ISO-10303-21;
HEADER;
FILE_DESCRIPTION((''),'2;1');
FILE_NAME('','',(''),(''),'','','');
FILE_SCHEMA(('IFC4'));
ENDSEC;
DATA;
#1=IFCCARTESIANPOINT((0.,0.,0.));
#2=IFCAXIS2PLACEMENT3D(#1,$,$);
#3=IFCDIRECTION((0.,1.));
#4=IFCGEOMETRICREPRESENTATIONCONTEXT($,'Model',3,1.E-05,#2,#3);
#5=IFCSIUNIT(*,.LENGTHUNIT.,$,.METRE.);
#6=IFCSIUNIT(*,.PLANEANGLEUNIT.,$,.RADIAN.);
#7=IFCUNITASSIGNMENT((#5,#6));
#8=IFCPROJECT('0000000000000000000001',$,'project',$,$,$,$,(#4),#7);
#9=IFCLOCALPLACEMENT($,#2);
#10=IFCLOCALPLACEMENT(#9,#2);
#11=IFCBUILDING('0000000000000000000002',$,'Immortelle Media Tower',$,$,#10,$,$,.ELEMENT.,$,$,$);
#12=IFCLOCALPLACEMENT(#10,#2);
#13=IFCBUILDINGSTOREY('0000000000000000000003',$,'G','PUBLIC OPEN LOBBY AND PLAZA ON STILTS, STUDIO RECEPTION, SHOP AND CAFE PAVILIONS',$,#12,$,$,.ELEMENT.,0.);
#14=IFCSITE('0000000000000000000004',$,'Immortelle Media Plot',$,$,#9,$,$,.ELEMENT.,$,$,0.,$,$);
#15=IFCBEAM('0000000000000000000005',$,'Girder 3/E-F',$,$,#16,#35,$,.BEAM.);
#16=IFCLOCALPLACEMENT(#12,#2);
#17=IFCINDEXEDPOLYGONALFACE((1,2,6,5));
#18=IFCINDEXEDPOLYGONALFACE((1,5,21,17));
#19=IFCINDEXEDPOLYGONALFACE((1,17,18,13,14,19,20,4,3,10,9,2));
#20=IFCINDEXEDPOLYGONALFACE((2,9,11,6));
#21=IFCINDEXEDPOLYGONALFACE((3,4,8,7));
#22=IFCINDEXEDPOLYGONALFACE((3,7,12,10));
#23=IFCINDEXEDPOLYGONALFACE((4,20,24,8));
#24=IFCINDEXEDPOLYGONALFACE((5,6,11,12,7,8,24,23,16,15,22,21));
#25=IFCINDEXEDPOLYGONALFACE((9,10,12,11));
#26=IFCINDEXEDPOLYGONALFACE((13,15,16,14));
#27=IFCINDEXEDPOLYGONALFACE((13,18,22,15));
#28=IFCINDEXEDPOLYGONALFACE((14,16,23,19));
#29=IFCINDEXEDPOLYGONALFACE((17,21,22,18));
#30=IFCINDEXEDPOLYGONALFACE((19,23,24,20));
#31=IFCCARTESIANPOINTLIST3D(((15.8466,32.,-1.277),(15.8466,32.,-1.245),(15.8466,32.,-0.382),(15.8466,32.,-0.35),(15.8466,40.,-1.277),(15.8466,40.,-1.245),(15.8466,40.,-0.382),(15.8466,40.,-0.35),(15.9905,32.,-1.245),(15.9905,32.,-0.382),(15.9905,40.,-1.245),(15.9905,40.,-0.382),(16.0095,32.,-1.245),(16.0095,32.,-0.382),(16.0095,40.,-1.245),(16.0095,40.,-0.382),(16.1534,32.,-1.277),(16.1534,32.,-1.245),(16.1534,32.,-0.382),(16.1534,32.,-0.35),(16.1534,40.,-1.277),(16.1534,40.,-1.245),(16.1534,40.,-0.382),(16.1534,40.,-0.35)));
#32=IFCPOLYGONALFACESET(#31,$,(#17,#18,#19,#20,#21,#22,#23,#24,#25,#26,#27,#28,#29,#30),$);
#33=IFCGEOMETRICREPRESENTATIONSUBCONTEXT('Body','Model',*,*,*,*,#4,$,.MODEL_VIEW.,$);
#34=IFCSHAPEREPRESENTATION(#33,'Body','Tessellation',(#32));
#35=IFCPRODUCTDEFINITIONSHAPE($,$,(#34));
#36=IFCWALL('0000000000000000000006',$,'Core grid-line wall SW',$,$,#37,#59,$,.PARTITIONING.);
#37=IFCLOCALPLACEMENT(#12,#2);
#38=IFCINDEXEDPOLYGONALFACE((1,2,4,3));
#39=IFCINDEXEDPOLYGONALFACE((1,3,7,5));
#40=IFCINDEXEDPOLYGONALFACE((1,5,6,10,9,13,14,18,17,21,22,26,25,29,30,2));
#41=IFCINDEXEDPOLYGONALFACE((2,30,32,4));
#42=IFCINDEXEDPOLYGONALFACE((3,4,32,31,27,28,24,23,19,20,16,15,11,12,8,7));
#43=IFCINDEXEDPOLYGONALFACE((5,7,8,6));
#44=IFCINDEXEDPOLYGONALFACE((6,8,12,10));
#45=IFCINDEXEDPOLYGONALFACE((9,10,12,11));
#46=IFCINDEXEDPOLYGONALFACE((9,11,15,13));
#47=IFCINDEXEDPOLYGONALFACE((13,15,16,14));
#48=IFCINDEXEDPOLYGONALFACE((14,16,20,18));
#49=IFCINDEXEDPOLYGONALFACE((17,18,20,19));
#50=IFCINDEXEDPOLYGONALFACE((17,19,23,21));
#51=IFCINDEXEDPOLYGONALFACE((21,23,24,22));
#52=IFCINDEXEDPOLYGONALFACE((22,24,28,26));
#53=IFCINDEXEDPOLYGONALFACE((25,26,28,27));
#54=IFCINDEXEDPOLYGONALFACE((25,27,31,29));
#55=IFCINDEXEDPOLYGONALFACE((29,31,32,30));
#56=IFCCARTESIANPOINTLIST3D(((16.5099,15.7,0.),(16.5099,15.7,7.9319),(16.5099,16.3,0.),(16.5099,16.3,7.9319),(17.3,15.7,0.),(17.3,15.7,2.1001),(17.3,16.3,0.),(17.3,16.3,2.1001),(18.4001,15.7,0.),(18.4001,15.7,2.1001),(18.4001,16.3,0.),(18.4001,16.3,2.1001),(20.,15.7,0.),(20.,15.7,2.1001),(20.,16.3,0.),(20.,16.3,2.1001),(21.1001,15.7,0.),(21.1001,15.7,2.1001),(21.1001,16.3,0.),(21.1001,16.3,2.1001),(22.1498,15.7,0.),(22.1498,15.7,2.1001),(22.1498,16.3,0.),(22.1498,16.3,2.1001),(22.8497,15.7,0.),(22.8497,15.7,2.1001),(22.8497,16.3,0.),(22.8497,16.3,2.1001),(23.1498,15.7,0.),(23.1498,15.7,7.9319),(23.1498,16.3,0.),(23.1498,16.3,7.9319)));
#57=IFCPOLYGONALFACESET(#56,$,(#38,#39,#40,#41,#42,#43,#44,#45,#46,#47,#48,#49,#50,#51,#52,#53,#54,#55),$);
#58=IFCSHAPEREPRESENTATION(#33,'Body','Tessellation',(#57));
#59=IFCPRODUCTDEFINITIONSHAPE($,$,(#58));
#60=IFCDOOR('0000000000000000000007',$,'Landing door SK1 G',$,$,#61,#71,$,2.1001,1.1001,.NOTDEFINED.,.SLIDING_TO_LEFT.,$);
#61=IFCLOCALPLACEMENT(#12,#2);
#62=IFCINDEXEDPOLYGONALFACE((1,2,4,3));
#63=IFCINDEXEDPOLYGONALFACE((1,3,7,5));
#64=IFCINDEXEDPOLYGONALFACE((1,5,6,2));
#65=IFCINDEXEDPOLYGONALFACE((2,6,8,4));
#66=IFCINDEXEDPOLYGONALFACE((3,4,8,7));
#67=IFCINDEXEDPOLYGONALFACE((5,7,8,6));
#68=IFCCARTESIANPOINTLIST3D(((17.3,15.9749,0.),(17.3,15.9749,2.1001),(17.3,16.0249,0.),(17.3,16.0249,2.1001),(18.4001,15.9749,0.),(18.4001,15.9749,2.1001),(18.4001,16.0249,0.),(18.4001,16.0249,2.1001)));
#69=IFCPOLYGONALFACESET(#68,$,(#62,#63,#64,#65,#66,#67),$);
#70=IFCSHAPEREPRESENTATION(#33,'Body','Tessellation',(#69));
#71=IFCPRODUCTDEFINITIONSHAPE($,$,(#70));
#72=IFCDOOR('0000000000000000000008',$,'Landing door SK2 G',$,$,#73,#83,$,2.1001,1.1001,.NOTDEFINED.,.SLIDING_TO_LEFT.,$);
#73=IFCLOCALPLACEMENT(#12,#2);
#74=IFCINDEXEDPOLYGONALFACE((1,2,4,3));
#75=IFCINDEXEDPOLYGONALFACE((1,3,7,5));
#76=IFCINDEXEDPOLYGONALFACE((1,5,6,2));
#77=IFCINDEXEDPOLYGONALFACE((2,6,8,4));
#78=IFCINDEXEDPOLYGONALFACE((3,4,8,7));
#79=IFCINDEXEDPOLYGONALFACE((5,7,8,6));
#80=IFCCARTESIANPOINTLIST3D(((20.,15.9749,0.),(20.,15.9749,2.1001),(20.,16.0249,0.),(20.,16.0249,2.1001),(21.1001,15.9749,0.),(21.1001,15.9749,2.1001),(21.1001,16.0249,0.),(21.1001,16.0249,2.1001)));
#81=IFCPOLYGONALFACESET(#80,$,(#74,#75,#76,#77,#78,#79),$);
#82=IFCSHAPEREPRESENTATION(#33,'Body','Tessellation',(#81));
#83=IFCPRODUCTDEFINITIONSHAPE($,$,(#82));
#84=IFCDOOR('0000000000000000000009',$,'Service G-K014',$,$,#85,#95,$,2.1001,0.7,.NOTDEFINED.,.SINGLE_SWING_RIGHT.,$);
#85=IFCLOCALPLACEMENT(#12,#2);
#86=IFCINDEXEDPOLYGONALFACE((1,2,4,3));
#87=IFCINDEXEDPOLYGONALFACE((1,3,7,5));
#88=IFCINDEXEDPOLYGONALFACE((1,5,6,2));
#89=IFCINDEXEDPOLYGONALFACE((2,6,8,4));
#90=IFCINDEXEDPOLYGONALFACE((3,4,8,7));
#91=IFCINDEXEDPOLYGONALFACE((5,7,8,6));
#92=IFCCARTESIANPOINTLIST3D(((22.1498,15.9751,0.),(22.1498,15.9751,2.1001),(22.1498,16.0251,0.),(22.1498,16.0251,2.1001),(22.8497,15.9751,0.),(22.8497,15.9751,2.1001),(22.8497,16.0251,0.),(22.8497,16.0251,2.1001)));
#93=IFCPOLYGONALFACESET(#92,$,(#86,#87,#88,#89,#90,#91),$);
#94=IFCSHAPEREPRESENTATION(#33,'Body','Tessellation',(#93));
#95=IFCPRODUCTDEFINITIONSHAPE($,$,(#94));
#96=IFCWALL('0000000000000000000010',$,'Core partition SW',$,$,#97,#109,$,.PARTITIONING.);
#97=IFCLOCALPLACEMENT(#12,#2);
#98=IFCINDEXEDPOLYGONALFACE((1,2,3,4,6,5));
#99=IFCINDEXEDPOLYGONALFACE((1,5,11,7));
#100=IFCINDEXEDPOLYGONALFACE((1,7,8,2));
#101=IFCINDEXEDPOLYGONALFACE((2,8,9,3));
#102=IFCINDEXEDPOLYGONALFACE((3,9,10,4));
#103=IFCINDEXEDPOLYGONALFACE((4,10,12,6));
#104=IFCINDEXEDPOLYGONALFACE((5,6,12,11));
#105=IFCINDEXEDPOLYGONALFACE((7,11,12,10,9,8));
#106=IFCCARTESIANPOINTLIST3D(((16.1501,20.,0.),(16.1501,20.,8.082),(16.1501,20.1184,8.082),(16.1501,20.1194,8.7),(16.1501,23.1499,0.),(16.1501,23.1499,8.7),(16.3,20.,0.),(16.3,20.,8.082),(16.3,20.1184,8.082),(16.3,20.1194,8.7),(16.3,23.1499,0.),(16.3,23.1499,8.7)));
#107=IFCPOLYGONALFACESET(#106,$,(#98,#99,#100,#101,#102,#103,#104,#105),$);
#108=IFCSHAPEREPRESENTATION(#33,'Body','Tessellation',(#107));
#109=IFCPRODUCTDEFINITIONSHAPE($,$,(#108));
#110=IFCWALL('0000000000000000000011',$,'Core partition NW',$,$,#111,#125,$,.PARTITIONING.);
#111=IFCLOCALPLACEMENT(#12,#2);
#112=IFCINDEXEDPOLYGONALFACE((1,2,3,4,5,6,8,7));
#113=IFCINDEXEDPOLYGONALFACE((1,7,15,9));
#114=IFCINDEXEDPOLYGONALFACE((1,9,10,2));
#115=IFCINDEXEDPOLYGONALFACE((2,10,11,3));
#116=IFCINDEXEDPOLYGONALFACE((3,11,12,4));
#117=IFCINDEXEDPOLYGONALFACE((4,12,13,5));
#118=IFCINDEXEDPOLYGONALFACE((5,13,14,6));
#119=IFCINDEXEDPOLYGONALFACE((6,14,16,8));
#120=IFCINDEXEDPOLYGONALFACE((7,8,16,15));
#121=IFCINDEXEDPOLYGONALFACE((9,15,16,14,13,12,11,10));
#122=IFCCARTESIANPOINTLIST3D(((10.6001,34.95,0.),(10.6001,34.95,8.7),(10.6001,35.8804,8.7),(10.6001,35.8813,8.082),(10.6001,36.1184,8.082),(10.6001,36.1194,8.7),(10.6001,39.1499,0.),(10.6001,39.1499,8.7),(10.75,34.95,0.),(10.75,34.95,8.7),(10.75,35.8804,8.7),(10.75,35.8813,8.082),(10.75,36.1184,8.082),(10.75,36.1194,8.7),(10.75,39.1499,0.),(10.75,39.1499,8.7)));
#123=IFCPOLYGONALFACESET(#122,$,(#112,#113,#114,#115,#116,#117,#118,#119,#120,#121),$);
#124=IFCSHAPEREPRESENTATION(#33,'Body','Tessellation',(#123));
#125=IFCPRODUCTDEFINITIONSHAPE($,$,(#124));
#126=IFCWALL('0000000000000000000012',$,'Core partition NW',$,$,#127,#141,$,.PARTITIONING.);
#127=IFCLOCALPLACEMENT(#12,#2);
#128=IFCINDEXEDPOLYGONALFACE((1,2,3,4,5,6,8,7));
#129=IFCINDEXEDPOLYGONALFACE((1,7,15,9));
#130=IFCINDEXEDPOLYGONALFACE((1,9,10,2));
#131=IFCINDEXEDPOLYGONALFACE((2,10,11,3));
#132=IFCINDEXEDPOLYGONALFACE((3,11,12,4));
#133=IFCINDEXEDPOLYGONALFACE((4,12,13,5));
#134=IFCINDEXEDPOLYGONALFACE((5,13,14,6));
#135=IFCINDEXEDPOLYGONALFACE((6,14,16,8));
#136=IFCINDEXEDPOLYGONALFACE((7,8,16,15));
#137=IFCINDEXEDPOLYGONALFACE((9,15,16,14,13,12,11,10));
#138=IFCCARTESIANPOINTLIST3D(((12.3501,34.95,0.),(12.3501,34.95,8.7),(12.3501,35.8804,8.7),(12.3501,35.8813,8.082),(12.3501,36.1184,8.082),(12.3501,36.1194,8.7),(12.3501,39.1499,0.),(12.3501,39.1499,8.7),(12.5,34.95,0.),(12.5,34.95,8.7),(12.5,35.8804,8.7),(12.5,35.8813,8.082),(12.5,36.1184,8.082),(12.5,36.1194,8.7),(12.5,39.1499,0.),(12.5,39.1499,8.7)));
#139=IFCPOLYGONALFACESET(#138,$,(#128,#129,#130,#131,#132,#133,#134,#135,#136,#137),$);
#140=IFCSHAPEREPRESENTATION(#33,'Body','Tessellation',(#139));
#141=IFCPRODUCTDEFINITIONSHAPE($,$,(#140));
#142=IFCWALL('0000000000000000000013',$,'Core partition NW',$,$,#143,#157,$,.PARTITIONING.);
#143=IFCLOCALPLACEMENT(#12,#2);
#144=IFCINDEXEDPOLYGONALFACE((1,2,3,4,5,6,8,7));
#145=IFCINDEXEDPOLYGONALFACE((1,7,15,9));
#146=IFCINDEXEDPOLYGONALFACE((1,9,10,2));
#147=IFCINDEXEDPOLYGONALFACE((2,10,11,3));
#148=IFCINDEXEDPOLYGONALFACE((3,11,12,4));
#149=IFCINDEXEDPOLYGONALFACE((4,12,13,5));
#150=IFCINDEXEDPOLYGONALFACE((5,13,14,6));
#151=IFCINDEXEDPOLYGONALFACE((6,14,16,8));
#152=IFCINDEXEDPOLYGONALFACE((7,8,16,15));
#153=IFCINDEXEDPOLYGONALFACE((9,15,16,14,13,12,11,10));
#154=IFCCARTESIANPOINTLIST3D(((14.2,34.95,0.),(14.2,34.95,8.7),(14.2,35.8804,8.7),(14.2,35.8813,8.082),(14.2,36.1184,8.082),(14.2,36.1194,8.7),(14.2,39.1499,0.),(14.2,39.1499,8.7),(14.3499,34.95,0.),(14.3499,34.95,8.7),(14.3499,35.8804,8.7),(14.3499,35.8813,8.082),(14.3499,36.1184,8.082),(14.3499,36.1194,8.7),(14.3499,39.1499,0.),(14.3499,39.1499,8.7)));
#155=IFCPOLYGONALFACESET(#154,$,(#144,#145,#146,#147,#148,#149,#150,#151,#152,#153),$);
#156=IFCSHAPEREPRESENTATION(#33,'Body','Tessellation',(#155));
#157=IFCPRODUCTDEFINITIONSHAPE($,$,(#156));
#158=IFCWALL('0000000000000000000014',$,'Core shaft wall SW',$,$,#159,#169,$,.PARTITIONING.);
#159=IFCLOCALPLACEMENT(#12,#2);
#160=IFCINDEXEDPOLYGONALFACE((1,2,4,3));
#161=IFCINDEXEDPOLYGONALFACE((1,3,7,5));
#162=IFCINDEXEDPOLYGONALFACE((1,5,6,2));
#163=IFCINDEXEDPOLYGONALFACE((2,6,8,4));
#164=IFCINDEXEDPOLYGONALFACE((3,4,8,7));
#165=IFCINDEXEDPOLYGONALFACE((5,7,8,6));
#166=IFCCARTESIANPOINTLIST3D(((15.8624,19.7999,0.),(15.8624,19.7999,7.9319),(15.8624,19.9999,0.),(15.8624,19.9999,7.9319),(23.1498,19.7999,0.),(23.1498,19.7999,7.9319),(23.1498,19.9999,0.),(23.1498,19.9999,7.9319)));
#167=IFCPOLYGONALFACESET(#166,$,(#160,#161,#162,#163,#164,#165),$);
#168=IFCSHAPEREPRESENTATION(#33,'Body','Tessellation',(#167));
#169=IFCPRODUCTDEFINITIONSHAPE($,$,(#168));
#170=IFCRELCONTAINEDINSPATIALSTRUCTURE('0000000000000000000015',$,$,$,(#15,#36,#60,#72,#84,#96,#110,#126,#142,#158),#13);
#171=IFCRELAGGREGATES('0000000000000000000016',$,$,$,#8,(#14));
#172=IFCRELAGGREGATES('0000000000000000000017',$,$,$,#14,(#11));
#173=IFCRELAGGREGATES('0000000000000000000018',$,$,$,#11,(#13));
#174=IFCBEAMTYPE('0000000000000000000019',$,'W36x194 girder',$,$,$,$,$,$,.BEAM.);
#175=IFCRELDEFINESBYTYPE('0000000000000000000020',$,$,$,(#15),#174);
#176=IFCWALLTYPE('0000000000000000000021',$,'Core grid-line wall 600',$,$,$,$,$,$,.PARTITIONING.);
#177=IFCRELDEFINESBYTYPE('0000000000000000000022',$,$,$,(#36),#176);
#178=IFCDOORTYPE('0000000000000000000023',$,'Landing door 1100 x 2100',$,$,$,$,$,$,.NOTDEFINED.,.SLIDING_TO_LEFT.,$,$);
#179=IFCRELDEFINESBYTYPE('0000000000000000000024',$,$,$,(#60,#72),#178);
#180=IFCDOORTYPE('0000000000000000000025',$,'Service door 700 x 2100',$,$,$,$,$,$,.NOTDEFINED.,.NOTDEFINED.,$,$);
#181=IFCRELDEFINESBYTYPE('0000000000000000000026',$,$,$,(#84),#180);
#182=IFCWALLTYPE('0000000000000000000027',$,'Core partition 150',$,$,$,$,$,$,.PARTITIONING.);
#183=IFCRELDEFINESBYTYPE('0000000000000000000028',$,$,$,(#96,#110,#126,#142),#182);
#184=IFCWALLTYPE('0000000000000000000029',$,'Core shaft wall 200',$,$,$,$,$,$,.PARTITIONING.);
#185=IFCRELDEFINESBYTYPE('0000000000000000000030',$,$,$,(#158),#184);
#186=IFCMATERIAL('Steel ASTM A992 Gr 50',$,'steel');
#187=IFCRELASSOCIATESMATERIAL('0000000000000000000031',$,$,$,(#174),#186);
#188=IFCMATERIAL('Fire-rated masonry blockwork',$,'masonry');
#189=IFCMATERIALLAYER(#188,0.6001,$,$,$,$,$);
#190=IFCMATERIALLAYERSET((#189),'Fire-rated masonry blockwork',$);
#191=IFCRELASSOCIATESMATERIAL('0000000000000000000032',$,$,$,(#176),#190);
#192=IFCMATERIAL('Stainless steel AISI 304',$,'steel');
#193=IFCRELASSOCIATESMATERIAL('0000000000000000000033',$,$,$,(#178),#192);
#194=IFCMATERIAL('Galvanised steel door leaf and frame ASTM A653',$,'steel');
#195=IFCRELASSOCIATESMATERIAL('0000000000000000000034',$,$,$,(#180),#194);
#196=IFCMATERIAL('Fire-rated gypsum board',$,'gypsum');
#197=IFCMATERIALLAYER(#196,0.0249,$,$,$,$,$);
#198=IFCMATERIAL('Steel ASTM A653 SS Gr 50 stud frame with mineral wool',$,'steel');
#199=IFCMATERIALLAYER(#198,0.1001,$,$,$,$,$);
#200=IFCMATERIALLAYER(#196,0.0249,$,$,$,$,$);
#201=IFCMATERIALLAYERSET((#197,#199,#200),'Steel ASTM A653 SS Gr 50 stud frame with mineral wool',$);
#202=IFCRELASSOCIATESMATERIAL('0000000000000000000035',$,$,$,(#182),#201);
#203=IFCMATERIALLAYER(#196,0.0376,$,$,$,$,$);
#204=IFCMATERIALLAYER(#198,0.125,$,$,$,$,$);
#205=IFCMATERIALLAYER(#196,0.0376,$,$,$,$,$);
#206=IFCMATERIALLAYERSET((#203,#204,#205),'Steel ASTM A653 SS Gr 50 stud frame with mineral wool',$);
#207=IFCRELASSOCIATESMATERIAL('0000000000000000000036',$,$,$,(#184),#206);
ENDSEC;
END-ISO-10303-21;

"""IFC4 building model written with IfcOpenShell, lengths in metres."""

from ifc_helpers import new_model, si_unit, direction, frame, frame_2d, origin, origin_2d, place, context, subcontext, project, spatial, polyline, rectangle, i_section, outline, extrude, material, layer, layer_set, material_profile, profile_set, type_object, element, fill, save


model = new_model("IFC4")

# Units and contexts
model_context = context("Model", 3, precision=1e-05, world=origin(), true_north=direction((0.0, 1.0)))
body_context = subcontext(model_context, "Body", "Model", "MODEL_VIEW")
ifc_project = project(units=[si_unit("LENGTHUNIT", "METRE"), si_unit("PLANEANGLEUNIT", "RADIAN")], contexts=[model_context])

# Site, building, storey
site_placement = place(None, origin())
site = spatial("IfcSite", under=ifc_project, at=site_placement, Name="Immortelle Media Plot", CompositionType="ELEMENT", RefElevation=0.0)
building_placement = place(site_placement, origin())
building = spatial("IfcBuilding", under=site, at=building_placement, Name="Immortelle Media Tower", CompositionType="ELEMENT")
storey_placement = place(building_placement, origin())
storey = spatial("IfcBuildingStorey", under=building, at=storey_placement, Name="G", Description="PUBLIC OPEN LOBBY AND PLAZA ON STILTS, STUDIO RECEPTION, SHOP AND CAFE PAVILIONS", CompositionType="ELEMENT", Elevation=0.0)

# Beam
ifc_material_1 = material(Name="Steel ASTM A992 Gr 50", Category="steel")
ifc_material_profile_1 = material_profile(ifc_material_1, i_section(OverallWidth=0.3069, OverallDepth=0.927, WebThickness=0.019, FlangeThickness=0.032, at=origin_2d()), Name="W36x194")
ifc_profile_set_1 = profile_set([ifc_material_profile_1], Name="Steel ASTM A992 Gr 50")
beam_type_1 = type_object("IfcBeamType", Name="W36x194 girder", PredefinedType="BEAM", material=ifc_profile_set_1)
for number, where, z_axis, x_axis, name in (
    (1, (16.0, 32.0, -0.8135), (0.0, 1.0, 0.0), (-1.0, 0.0, 0.0), "Girder 3/E-F"),
):
    element("IfcBeam", number, at=place(storey_placement, frame(where, z_axis=z_axis, x_axis=x_axis)), inside=storey, type_object=beam_type_1, Name=name, PredefinedType="BEAM", context=body_context, shape_type="SweptSolid", body=[
        extrude(i_section(OverallWidth=0.3069, OverallDepth=0.927, WebThickness=0.019, FlangeThickness=0.032, at=origin_2d()), origin(), (0.0, 0.0, 1.0), 8.0),
    ])

# Wall, openings, doors
ifc_material_2 = material(Name="Fire-rated masonry blockwork", Category="masonry")
ifc_layer_1 = layer(ifc_material_2, 0.6001)
ifc_layer_set_1 = layer_set([ifc_layer_1], Name="Fire-rated masonry blockwork")
wall_type_1 = type_object("IfcWallType", Name="Core grid-line wall 600", PredefinedType="PARTITIONING", material=ifc_layer_set_1)
wall_1_placement = place(storey_placement, frame((16.51, 16.0, 0.0), z_axis=(0.0, 0.0, 1.0), x_axis=(1.0, 0.0, 0.0)))
wall_1 = element("IfcWall", 2, at=wall_1_placement, inside=storey, type_object=wall_type_1, Name="Core grid-line wall SW", PredefinedType="PARTITIONING", context=body_context, shape_type="SweptSolid", body=[
    extrude(rectangle(XDim=6.6399, YDim=0.6001, at=frame_2d((3.3198, 0.0))), origin(), (0.0, 0.0, 1.0), 7.9319),
])
opening_1_placement = place(wall_1_placement, frame((0.79, 0.0, 0.0)))
opening_1 = element("IfcOpeningElement", 3, at=opening_1_placement, cuts=wall_1, PredefinedType="OPENING", context=body_context, shape_type="SweptSolid", body=[
    extrude(rectangle(XDim=1.1001, YDim=2.1001, at=frame_2d((0.55, 1.05))), frame((0.0, 0.3101, 0.0), z_axis=(0.0, -1.0, 0.0), x_axis=(1.0, 0.0, 0.0)), (0.0, 0.0, 1.0), 0.6201),
])
opening_2_placement = place(wall_1_placement, frame((3.49, 0.0, 0.0)))
opening_2 = element("IfcOpeningElement", 4, at=opening_2_placement, cuts=wall_1, PredefinedType="OPENING", context=body_context, shape_type="SweptSolid", body=[
    extrude(rectangle(XDim=1.1001, YDim=2.1001, at=frame_2d((0.55, 1.05))), frame((0.0, 0.3101, 0.0), z_axis=(0.0, -1.0, 0.0), x_axis=(1.0, 0.0, 0.0)), (0.0, 0.0, 1.0), 0.6201),
])
opening_3_placement = place(wall_1_placement, frame((6.3398, 0.0, 0.0), z_axis=(0.0, 0.0, 1.0), x_axis=(-1.0, 0.0, 0.0)))
opening_3 = element("IfcOpeningElement", 5, at=opening_3_placement, cuts=wall_1, PredefinedType="OPENING", context=body_context, shape_type="SweptSolid", body=[
    extrude(rectangle(XDim=0.7, YDim=2.1001, at=frame_2d((0.3501, 1.05))), frame((0.0, 0.3101, 0.0), z_axis=(0.0, -1.0, 0.0), x_axis=(1.0, 0.0, 0.0)), (0.0, 0.0, 1.0), 0.6201),
])
ifc_material_3 = material(Name="Stainless steel AISI 304", Category="steel")
door_type_1 = type_object("IfcDoorType", Name="Landing door 1100 x 2100", OperationType="SLIDING_TO_LEFT", PredefinedType="NOTDEFINED", material=ifc_material_3)
door_1_placement = place(opening_1_placement, origin())
door_1 = element("IfcDoor", 6, at=door_1_placement, inside=storey, type_object=door_type_1, Name="Landing door SK1 G", OperationType="SLIDING_TO_LEFT", OverallHeight=2.1001, OverallWidth=1.1001, PredefinedType="NOTDEFINED", context=body_context, shape_type="SweptSolid", body=[
    extrude(rectangle(XDim=1.1001, YDim=2.1001, at=frame_2d((0.55, 1.05))), frame((0.0, 0.0249, 0.0), z_axis=(0.0, -1.0, 0.0), x_axis=(1.0, 0.0, 0.0)), (0.0, 0.0, 1.0), 0.05),
])
fill(opening_1, door_1)
door_2_placement = place(opening_2_placement, origin())
door_2 = element("IfcDoor", 7, at=door_2_placement, inside=storey, type_object=door_type_1, Name="Landing door SK2 G", OperationType="SLIDING_TO_LEFT", OverallHeight=2.1001, OverallWidth=1.1001, PredefinedType="NOTDEFINED", context=body_context, shape_type="SweptSolid", body=[
    extrude(rectangle(XDim=1.1001, YDim=2.1001, at=frame_2d((0.55, 1.05))), frame((0.0, 0.0249, 0.0), z_axis=(0.0, -1.0, 0.0), x_axis=(1.0, 0.0, 0.0)), (0.0, 0.0, 1.0), 0.05),
])
fill(opening_2, door_2)
ifc_material_4 = material(Name="Galvanised steel door leaf and frame ASTM A653", Category="steel")
door_type_2 = type_object("IfcDoorType", Name="Service door 700 x 2100", OperationType="NOTDEFINED", PredefinedType="NOTDEFINED", material=ifc_material_4)
door_3_placement = place(opening_3_placement, origin())
door_3 = element("IfcDoor", 8, at=door_3_placement, inside=storey, type_object=door_type_2, Name="Service G-K014", OperationType="SINGLE_SWING_RIGHT", OverallHeight=2.1001, OverallWidth=0.7, PredefinedType="NOTDEFINED", context=body_context, shape_type="SweptSolid", body=[
    extrude(rectangle(XDim=0.7, YDim=2.1001, at=frame_2d((0.3501, 1.05))), frame((0.0, 0.0249, 0.0), z_axis=(0.0, -1.0, 0.0), x_axis=(1.0, 0.0, 0.0)), (0.0, 0.0, 1.0), 0.05),
])
fill(opening_3, door_3)

# Walls
ifc_material_5 = material(Name="Fire-rated gypsum board", Category="gypsum")
ifc_layer_2 = layer(ifc_material_5, 0.0249)
ifc_material_6 = material(Name="Steel ASTM A653 SS Gr 50 stud frame with mineral wool", Category="steel")
ifc_layer_3 = layer(ifc_material_6, 0.1001)
ifc_layer_4 = layer(ifc_material_5, 0.0249)
ifc_layer_set_2 = layer_set([ifc_layer_2, ifc_layer_3, ifc_layer_4], Name="Steel ASTM A653 SS Gr 50 stud frame with mineral wool")
wall_type_2 = type_object("IfcWallType", Name="Core partition 150", PredefinedType="PARTITIONING", material=ifc_layer_set_2)
wall_2_placement = place(storey_placement, frame((16.2251, 20.0, 0.0), z_axis=(0.0, 0.0, 1.0), x_axis=(0.0, 1.0, 0.0)))
element("IfcWall", 9, at=wall_2_placement, inside=storey, type_object=wall_type_2, Name="Core partition SW", PredefinedType="PARTITIONING", context=body_context, shape_type="SweptSolid", body=[
    extrude(outline(polyline([(0.0, 0.0), (3.1499, 0.0), (3.1499, 8.7), (0.1194, 8.7), (0.1184, 8.082), (0.0, 8.082), (0.0, 0.0)])), frame((0.0, 0.075, 0.0), z_axis=(0.0, -1.0, 0.0), x_axis=(1.0, 0.0, 0.0)), (0.0, 0.0, 1.0), 0.1499),
])
for number, where, z_axis, x_axis, name in (
    (10, (10.675, 34.95, 0.0), (0.0, 0.0, 1.0), (0.0, 1.0, 0.0), "Core partition NW"),
    (11, (12.425, 34.95, 0.0), (0.0, 0.0, 1.0), (0.0, 1.0, 0.0), "Core partition NW"),
    (12, (14.2749, 34.95, 0.0), (0.0, 0.0, 1.0), (0.0, 1.0, 0.0), "Core partition NW"),
):
    element("IfcWall", number, at=place(storey_placement, frame(where, z_axis=z_axis, x_axis=x_axis)), inside=storey, type_object=wall_type_2, Name=name, PredefinedType="PARTITIONING", context=body_context, shape_type="SweptSolid", body=[
        extrude(outline(polyline([(0.0, 0.0), (4.2, 0.0), (4.2, 8.7), (1.1694, 8.7), (1.1685, 8.082), (0.9314, 8.082), (0.9304, 8.7), (0.0, 8.7), (0.0, 0.0)])), frame((0.0, 0.075, 0.0), z_axis=(0.0, -1.0, 0.0), x_axis=(1.0, 0.0, 0.0)), (0.0, 0.0, 1.0), 0.1499),
    ])
ifc_layer_5 = layer(ifc_material_5, 0.0376)
ifc_layer_6 = layer(ifc_material_6, 0.125)
ifc_layer_7 = layer(ifc_material_5, 0.0376)
ifc_layer_set_3 = layer_set([ifc_layer_5, ifc_layer_6, ifc_layer_7], Name="Steel ASTM A653 SS Gr 50 stud frame with mineral wool")
wall_type_3 = type_object("IfcWallType", Name="Core shaft wall 200", PredefinedType="PARTITIONING", material=ifc_layer_set_3)
wall_3_placement = place(storey_placement, frame((15.8625, 19.8999, 0.0), z_axis=(0.0, 0.0, 1.0), x_axis=(1.0, 0.0, 0.0)))
element("IfcWall", 13, at=wall_3_placement, inside=storey, type_object=wall_type_3, Name="Core shaft wall SW", PredefinedType="PARTITIONING", context=body_context, shape_type="SweptSolid", body=[
    extrude(rectangle(XDim=7.2874, YDim=0.2, at=frame_2d((3.6436, 0.0))), origin(), (0.0, 0.0, 1.0), 7.9319),
])

save(model, "model.ifc")
